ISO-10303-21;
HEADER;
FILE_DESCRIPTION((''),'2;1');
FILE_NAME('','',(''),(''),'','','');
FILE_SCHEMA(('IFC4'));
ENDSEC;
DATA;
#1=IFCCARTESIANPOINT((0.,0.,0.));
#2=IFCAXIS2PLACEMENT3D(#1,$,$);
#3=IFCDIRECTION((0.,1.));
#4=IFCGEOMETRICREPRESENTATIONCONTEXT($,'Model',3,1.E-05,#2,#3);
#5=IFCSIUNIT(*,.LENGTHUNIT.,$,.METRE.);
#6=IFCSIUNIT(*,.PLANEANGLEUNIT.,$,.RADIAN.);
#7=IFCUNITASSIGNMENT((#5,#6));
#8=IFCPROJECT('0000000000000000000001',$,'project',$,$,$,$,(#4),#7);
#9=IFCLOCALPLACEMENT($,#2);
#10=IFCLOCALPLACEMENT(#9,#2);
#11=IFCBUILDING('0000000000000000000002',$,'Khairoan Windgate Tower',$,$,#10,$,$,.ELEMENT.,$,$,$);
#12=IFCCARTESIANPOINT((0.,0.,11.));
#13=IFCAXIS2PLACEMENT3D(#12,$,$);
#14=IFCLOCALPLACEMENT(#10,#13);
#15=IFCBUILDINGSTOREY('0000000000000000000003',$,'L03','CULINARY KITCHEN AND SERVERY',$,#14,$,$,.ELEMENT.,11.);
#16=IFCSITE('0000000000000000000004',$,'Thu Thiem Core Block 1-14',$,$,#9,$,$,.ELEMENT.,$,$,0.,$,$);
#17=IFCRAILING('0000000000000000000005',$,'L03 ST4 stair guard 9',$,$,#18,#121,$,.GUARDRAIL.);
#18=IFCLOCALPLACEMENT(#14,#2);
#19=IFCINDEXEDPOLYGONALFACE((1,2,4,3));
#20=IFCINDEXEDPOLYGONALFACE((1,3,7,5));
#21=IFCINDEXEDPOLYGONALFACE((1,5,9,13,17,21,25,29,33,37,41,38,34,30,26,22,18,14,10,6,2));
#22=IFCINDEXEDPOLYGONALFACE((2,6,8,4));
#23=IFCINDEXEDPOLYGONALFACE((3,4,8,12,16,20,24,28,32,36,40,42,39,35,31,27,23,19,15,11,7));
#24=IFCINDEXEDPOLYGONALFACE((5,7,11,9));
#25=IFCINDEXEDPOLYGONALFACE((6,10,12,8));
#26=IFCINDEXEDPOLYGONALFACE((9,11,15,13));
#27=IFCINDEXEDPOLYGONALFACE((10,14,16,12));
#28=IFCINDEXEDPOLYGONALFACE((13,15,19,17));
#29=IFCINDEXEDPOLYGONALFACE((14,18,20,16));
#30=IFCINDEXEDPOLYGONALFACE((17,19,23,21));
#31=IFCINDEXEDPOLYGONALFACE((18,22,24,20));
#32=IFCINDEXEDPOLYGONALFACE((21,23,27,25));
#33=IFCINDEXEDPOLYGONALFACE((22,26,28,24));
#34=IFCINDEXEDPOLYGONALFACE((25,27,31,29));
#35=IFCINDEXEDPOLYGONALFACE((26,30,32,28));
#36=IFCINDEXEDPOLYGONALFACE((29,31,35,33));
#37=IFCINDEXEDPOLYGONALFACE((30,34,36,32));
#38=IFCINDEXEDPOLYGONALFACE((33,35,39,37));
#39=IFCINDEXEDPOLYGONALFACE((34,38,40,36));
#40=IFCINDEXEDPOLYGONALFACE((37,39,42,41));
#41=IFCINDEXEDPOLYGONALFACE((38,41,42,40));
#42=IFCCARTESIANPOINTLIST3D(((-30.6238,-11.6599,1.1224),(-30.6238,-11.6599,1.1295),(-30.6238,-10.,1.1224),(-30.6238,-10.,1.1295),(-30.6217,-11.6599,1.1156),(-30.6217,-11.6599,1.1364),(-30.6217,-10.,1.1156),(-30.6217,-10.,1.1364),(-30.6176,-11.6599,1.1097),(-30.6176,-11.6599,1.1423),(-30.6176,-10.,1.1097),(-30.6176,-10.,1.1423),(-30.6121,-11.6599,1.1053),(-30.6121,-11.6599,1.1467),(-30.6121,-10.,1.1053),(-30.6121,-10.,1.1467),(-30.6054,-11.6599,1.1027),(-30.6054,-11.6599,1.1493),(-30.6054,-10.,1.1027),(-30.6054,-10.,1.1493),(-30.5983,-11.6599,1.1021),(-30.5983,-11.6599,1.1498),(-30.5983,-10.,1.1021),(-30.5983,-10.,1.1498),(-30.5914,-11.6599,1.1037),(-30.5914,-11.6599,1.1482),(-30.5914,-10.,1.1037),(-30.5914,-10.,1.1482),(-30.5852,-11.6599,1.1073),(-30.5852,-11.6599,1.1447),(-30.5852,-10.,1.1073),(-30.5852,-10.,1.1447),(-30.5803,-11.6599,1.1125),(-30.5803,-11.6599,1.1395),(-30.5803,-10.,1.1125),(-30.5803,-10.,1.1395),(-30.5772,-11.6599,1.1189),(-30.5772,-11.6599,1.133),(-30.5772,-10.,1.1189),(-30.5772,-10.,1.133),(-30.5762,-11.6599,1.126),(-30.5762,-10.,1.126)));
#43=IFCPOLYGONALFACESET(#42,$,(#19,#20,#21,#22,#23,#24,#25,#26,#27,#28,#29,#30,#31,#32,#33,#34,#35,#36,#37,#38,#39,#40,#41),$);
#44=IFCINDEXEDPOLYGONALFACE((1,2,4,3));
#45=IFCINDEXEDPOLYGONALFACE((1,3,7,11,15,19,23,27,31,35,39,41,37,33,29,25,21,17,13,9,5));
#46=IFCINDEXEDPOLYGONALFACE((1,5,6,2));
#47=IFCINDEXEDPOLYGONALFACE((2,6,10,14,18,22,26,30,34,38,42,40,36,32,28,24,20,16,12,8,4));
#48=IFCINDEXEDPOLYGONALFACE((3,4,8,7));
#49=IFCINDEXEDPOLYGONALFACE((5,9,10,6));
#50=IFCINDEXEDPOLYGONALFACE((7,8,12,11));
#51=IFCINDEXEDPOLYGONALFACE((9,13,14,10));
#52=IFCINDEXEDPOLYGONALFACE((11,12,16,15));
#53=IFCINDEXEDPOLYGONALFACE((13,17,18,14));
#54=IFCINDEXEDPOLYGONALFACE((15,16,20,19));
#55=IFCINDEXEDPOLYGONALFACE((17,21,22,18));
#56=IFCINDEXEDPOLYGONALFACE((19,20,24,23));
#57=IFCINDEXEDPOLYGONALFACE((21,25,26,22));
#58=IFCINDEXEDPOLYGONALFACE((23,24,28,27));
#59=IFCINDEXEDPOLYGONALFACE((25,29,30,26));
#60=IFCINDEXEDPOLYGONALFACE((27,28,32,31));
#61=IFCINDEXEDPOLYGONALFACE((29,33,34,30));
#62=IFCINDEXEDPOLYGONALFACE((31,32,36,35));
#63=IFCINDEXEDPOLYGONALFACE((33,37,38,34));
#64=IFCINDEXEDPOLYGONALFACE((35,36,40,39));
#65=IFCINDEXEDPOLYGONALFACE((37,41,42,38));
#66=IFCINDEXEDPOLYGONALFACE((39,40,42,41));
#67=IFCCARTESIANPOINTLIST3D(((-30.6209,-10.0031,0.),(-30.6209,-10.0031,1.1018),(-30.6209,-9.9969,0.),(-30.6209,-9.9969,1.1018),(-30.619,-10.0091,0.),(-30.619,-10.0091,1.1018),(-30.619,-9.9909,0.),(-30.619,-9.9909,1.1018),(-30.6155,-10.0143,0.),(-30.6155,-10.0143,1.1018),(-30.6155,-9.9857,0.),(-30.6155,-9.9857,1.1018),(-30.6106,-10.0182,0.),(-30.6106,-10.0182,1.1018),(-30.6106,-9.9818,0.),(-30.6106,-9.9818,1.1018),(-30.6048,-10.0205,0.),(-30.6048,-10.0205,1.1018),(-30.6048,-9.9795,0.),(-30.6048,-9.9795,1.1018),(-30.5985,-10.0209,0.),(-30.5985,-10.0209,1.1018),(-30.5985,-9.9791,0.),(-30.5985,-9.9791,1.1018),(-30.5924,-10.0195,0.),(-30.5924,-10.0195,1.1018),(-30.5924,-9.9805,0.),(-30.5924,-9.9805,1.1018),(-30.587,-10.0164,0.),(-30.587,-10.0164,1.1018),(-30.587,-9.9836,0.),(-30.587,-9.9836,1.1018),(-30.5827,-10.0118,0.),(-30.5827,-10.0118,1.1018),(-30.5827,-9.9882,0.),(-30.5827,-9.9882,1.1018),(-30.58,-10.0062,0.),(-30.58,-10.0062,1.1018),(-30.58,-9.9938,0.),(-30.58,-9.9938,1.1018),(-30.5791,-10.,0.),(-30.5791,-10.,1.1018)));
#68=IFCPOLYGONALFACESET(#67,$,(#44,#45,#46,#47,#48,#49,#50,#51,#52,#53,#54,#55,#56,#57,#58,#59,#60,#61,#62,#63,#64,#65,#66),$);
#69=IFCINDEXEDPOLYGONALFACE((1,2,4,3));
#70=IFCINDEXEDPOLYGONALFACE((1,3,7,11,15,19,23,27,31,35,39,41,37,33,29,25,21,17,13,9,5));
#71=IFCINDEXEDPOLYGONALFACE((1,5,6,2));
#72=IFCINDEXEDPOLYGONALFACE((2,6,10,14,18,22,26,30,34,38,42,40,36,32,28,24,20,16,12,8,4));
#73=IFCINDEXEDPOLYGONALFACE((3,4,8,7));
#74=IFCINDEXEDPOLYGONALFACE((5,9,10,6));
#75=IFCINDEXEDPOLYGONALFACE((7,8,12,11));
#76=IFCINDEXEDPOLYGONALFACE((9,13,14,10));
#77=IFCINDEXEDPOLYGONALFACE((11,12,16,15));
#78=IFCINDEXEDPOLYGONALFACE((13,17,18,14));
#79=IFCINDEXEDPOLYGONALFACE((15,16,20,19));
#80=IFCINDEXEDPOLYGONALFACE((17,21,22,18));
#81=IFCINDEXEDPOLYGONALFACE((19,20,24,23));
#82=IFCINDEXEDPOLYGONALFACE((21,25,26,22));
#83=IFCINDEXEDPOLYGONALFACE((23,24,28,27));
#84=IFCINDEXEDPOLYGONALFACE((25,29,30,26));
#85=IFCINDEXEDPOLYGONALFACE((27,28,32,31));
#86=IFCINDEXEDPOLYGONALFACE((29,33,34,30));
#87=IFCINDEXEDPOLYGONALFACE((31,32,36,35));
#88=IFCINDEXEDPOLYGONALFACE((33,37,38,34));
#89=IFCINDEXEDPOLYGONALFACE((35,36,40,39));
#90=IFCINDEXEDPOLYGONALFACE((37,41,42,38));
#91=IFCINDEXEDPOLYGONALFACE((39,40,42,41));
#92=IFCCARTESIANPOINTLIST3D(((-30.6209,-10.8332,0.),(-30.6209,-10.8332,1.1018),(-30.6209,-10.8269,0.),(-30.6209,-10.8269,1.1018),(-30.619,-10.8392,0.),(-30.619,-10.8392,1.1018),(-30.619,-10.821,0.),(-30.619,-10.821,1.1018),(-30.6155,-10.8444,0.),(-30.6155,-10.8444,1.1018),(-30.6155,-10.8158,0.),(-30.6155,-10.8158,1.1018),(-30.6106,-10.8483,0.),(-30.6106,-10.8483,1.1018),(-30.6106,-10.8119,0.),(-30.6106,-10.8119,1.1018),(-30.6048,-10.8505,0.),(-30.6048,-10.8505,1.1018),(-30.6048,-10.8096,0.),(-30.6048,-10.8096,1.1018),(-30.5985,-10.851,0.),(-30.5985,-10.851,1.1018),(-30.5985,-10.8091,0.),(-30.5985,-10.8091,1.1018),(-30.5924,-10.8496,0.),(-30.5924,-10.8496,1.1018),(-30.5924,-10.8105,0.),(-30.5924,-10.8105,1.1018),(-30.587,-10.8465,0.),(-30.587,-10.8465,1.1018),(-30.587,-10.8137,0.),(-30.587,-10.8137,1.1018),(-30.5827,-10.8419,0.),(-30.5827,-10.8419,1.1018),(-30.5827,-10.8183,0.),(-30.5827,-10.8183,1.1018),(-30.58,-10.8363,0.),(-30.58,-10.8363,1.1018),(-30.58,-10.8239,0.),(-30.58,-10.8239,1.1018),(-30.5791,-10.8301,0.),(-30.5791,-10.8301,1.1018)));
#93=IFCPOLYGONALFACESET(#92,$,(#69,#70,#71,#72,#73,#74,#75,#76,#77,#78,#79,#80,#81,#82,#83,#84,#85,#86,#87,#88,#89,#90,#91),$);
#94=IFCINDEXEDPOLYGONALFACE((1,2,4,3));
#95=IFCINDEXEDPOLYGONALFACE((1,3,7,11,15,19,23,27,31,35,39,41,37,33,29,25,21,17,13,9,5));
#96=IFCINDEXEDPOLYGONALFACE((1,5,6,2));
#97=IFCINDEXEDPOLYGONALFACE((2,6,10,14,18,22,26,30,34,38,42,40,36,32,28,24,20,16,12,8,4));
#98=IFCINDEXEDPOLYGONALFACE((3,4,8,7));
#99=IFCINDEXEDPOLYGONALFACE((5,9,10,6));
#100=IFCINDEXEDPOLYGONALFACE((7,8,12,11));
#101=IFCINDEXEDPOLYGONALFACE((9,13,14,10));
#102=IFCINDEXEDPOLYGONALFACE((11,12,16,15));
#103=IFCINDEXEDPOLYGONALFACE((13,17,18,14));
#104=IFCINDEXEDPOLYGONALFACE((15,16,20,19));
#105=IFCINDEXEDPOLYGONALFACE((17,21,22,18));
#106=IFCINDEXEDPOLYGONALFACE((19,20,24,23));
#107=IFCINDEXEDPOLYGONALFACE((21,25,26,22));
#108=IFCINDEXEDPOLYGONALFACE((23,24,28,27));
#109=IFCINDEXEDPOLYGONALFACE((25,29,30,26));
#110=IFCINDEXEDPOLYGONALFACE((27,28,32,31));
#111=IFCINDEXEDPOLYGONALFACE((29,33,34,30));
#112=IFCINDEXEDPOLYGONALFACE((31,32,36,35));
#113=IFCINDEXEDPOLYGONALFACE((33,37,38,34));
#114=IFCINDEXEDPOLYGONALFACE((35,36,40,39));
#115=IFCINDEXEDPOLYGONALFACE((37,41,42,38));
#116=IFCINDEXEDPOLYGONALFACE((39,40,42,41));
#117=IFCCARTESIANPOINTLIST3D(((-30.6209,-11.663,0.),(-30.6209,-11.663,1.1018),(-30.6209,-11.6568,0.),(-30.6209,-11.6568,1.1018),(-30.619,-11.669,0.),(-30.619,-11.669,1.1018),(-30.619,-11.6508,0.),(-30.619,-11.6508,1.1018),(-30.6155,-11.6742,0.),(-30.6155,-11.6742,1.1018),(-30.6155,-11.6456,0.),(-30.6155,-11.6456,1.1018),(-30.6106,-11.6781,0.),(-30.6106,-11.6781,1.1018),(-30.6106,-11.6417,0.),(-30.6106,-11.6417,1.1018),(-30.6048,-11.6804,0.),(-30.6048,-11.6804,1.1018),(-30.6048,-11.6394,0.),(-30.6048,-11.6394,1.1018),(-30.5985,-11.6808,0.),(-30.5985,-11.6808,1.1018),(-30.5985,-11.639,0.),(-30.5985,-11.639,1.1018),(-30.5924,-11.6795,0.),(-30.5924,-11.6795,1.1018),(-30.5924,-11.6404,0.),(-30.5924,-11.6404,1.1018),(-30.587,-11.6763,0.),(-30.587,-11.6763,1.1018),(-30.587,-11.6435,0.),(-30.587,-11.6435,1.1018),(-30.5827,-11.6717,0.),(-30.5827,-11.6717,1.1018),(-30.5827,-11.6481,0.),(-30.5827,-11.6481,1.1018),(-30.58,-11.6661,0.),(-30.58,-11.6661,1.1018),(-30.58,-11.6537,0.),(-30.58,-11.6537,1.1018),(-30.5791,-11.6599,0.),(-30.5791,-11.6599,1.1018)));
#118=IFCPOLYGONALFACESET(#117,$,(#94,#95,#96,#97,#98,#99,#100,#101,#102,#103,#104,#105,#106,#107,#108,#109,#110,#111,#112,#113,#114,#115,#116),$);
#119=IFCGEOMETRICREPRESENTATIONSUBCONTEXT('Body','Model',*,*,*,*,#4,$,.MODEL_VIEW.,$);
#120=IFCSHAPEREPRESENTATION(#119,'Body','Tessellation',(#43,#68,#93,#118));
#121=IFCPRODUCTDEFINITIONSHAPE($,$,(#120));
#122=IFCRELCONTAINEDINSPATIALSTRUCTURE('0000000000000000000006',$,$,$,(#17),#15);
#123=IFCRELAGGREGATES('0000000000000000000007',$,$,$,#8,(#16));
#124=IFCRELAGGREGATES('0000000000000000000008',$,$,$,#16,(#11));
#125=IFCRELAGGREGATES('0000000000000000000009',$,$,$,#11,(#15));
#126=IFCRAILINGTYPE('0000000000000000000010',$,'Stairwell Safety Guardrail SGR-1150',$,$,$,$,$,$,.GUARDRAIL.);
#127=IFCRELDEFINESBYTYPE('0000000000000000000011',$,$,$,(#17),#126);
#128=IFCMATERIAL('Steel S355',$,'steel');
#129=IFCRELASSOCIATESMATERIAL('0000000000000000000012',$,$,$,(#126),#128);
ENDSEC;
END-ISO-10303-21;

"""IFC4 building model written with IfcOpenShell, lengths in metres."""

from ifc_helpers import new_model, si_unit, direction, frame, origin, origin_2d, place, context, subcontext, project, spatial, circle, extrude, material, type_object, element, save


model = new_model("IFC4")

# Units and contexts
model_context = context("Model", 3, precision=1e-05, world=origin(), true_north=direction((0.0, 1.0)))
body_context = subcontext(model_context, "Body", "Model", "MODEL_VIEW")
ifc_project = project(units=[si_unit("LENGTHUNIT", "METRE"), si_unit("PLANEANGLEUNIT", "RADIAN")], contexts=[model_context])

# Site, building, storey
site_placement = place(None, origin())
site = spatial("IfcSite", under=ifc_project, at=site_placement, Name="Thu Thiem Core Block 1-14", CompositionType="ELEMENT", RefElevation=0.0)
building_placement = place(site_placement, origin())
building = spatial("IfcBuilding", under=site, at=building_placement, Name="Khairoan Windgate Tower", CompositionType="ELEMENT")
storey_placement = place(building_placement, frame((0.0, 0.0, 11.0)))
storey = spatial("IfcBuildingStorey", under=building, at=storey_placement, Name="L03", Description="CULINARY KITCHEN AND SERVERY", CompositionType="ELEMENT", Elevation=11.0)

# Railing
ifc_material_1 = material(Name="Steel S355", Category="steel")
railing_type = type_object("IfcRailingType", Name="Stairwell Safety Guardrail SGR-1150", PredefinedType="GUARDRAIL", material=ifc_material_1)
railing_1_placement = place(storey_placement, frame((-30.6001, -10.0, 0.0)))
element("IfcRailing", 1, at=railing_1_placement, inside=storey, type_object=railing_type, Name="L03 ST4 stair guard 9", PredefinedType="GUARDRAIL", context=body_context, shape_type="SweptSolid", body=[
    extrude(circle(Radius=0.0239, at=origin_2d()), frame((0.0, 0.0, 1.126), z_axis=(0.0, -1.0, 0.0), x_axis=(1.0, 0.0, 0.0)), (0.0, 0.0, 1.0), 1.6599),
    extrude(circle(Radius=0.021, at=origin_2d()), origin(), (0.0, 0.0, 1.0), 1.1018),
    extrude(circle(Radius=0.021, at=origin_2d()), frame((0.0, -0.8301, 0.0)), (0.0, 0.0, 1.0), 1.1018),
    extrude(circle(Radius=0.021, at=origin_2d()), frame((0.0, -1.6599, 0.0)), (0.0, 0.0, 1.0), 1.1018),
])

save(model, "model.ifc")
